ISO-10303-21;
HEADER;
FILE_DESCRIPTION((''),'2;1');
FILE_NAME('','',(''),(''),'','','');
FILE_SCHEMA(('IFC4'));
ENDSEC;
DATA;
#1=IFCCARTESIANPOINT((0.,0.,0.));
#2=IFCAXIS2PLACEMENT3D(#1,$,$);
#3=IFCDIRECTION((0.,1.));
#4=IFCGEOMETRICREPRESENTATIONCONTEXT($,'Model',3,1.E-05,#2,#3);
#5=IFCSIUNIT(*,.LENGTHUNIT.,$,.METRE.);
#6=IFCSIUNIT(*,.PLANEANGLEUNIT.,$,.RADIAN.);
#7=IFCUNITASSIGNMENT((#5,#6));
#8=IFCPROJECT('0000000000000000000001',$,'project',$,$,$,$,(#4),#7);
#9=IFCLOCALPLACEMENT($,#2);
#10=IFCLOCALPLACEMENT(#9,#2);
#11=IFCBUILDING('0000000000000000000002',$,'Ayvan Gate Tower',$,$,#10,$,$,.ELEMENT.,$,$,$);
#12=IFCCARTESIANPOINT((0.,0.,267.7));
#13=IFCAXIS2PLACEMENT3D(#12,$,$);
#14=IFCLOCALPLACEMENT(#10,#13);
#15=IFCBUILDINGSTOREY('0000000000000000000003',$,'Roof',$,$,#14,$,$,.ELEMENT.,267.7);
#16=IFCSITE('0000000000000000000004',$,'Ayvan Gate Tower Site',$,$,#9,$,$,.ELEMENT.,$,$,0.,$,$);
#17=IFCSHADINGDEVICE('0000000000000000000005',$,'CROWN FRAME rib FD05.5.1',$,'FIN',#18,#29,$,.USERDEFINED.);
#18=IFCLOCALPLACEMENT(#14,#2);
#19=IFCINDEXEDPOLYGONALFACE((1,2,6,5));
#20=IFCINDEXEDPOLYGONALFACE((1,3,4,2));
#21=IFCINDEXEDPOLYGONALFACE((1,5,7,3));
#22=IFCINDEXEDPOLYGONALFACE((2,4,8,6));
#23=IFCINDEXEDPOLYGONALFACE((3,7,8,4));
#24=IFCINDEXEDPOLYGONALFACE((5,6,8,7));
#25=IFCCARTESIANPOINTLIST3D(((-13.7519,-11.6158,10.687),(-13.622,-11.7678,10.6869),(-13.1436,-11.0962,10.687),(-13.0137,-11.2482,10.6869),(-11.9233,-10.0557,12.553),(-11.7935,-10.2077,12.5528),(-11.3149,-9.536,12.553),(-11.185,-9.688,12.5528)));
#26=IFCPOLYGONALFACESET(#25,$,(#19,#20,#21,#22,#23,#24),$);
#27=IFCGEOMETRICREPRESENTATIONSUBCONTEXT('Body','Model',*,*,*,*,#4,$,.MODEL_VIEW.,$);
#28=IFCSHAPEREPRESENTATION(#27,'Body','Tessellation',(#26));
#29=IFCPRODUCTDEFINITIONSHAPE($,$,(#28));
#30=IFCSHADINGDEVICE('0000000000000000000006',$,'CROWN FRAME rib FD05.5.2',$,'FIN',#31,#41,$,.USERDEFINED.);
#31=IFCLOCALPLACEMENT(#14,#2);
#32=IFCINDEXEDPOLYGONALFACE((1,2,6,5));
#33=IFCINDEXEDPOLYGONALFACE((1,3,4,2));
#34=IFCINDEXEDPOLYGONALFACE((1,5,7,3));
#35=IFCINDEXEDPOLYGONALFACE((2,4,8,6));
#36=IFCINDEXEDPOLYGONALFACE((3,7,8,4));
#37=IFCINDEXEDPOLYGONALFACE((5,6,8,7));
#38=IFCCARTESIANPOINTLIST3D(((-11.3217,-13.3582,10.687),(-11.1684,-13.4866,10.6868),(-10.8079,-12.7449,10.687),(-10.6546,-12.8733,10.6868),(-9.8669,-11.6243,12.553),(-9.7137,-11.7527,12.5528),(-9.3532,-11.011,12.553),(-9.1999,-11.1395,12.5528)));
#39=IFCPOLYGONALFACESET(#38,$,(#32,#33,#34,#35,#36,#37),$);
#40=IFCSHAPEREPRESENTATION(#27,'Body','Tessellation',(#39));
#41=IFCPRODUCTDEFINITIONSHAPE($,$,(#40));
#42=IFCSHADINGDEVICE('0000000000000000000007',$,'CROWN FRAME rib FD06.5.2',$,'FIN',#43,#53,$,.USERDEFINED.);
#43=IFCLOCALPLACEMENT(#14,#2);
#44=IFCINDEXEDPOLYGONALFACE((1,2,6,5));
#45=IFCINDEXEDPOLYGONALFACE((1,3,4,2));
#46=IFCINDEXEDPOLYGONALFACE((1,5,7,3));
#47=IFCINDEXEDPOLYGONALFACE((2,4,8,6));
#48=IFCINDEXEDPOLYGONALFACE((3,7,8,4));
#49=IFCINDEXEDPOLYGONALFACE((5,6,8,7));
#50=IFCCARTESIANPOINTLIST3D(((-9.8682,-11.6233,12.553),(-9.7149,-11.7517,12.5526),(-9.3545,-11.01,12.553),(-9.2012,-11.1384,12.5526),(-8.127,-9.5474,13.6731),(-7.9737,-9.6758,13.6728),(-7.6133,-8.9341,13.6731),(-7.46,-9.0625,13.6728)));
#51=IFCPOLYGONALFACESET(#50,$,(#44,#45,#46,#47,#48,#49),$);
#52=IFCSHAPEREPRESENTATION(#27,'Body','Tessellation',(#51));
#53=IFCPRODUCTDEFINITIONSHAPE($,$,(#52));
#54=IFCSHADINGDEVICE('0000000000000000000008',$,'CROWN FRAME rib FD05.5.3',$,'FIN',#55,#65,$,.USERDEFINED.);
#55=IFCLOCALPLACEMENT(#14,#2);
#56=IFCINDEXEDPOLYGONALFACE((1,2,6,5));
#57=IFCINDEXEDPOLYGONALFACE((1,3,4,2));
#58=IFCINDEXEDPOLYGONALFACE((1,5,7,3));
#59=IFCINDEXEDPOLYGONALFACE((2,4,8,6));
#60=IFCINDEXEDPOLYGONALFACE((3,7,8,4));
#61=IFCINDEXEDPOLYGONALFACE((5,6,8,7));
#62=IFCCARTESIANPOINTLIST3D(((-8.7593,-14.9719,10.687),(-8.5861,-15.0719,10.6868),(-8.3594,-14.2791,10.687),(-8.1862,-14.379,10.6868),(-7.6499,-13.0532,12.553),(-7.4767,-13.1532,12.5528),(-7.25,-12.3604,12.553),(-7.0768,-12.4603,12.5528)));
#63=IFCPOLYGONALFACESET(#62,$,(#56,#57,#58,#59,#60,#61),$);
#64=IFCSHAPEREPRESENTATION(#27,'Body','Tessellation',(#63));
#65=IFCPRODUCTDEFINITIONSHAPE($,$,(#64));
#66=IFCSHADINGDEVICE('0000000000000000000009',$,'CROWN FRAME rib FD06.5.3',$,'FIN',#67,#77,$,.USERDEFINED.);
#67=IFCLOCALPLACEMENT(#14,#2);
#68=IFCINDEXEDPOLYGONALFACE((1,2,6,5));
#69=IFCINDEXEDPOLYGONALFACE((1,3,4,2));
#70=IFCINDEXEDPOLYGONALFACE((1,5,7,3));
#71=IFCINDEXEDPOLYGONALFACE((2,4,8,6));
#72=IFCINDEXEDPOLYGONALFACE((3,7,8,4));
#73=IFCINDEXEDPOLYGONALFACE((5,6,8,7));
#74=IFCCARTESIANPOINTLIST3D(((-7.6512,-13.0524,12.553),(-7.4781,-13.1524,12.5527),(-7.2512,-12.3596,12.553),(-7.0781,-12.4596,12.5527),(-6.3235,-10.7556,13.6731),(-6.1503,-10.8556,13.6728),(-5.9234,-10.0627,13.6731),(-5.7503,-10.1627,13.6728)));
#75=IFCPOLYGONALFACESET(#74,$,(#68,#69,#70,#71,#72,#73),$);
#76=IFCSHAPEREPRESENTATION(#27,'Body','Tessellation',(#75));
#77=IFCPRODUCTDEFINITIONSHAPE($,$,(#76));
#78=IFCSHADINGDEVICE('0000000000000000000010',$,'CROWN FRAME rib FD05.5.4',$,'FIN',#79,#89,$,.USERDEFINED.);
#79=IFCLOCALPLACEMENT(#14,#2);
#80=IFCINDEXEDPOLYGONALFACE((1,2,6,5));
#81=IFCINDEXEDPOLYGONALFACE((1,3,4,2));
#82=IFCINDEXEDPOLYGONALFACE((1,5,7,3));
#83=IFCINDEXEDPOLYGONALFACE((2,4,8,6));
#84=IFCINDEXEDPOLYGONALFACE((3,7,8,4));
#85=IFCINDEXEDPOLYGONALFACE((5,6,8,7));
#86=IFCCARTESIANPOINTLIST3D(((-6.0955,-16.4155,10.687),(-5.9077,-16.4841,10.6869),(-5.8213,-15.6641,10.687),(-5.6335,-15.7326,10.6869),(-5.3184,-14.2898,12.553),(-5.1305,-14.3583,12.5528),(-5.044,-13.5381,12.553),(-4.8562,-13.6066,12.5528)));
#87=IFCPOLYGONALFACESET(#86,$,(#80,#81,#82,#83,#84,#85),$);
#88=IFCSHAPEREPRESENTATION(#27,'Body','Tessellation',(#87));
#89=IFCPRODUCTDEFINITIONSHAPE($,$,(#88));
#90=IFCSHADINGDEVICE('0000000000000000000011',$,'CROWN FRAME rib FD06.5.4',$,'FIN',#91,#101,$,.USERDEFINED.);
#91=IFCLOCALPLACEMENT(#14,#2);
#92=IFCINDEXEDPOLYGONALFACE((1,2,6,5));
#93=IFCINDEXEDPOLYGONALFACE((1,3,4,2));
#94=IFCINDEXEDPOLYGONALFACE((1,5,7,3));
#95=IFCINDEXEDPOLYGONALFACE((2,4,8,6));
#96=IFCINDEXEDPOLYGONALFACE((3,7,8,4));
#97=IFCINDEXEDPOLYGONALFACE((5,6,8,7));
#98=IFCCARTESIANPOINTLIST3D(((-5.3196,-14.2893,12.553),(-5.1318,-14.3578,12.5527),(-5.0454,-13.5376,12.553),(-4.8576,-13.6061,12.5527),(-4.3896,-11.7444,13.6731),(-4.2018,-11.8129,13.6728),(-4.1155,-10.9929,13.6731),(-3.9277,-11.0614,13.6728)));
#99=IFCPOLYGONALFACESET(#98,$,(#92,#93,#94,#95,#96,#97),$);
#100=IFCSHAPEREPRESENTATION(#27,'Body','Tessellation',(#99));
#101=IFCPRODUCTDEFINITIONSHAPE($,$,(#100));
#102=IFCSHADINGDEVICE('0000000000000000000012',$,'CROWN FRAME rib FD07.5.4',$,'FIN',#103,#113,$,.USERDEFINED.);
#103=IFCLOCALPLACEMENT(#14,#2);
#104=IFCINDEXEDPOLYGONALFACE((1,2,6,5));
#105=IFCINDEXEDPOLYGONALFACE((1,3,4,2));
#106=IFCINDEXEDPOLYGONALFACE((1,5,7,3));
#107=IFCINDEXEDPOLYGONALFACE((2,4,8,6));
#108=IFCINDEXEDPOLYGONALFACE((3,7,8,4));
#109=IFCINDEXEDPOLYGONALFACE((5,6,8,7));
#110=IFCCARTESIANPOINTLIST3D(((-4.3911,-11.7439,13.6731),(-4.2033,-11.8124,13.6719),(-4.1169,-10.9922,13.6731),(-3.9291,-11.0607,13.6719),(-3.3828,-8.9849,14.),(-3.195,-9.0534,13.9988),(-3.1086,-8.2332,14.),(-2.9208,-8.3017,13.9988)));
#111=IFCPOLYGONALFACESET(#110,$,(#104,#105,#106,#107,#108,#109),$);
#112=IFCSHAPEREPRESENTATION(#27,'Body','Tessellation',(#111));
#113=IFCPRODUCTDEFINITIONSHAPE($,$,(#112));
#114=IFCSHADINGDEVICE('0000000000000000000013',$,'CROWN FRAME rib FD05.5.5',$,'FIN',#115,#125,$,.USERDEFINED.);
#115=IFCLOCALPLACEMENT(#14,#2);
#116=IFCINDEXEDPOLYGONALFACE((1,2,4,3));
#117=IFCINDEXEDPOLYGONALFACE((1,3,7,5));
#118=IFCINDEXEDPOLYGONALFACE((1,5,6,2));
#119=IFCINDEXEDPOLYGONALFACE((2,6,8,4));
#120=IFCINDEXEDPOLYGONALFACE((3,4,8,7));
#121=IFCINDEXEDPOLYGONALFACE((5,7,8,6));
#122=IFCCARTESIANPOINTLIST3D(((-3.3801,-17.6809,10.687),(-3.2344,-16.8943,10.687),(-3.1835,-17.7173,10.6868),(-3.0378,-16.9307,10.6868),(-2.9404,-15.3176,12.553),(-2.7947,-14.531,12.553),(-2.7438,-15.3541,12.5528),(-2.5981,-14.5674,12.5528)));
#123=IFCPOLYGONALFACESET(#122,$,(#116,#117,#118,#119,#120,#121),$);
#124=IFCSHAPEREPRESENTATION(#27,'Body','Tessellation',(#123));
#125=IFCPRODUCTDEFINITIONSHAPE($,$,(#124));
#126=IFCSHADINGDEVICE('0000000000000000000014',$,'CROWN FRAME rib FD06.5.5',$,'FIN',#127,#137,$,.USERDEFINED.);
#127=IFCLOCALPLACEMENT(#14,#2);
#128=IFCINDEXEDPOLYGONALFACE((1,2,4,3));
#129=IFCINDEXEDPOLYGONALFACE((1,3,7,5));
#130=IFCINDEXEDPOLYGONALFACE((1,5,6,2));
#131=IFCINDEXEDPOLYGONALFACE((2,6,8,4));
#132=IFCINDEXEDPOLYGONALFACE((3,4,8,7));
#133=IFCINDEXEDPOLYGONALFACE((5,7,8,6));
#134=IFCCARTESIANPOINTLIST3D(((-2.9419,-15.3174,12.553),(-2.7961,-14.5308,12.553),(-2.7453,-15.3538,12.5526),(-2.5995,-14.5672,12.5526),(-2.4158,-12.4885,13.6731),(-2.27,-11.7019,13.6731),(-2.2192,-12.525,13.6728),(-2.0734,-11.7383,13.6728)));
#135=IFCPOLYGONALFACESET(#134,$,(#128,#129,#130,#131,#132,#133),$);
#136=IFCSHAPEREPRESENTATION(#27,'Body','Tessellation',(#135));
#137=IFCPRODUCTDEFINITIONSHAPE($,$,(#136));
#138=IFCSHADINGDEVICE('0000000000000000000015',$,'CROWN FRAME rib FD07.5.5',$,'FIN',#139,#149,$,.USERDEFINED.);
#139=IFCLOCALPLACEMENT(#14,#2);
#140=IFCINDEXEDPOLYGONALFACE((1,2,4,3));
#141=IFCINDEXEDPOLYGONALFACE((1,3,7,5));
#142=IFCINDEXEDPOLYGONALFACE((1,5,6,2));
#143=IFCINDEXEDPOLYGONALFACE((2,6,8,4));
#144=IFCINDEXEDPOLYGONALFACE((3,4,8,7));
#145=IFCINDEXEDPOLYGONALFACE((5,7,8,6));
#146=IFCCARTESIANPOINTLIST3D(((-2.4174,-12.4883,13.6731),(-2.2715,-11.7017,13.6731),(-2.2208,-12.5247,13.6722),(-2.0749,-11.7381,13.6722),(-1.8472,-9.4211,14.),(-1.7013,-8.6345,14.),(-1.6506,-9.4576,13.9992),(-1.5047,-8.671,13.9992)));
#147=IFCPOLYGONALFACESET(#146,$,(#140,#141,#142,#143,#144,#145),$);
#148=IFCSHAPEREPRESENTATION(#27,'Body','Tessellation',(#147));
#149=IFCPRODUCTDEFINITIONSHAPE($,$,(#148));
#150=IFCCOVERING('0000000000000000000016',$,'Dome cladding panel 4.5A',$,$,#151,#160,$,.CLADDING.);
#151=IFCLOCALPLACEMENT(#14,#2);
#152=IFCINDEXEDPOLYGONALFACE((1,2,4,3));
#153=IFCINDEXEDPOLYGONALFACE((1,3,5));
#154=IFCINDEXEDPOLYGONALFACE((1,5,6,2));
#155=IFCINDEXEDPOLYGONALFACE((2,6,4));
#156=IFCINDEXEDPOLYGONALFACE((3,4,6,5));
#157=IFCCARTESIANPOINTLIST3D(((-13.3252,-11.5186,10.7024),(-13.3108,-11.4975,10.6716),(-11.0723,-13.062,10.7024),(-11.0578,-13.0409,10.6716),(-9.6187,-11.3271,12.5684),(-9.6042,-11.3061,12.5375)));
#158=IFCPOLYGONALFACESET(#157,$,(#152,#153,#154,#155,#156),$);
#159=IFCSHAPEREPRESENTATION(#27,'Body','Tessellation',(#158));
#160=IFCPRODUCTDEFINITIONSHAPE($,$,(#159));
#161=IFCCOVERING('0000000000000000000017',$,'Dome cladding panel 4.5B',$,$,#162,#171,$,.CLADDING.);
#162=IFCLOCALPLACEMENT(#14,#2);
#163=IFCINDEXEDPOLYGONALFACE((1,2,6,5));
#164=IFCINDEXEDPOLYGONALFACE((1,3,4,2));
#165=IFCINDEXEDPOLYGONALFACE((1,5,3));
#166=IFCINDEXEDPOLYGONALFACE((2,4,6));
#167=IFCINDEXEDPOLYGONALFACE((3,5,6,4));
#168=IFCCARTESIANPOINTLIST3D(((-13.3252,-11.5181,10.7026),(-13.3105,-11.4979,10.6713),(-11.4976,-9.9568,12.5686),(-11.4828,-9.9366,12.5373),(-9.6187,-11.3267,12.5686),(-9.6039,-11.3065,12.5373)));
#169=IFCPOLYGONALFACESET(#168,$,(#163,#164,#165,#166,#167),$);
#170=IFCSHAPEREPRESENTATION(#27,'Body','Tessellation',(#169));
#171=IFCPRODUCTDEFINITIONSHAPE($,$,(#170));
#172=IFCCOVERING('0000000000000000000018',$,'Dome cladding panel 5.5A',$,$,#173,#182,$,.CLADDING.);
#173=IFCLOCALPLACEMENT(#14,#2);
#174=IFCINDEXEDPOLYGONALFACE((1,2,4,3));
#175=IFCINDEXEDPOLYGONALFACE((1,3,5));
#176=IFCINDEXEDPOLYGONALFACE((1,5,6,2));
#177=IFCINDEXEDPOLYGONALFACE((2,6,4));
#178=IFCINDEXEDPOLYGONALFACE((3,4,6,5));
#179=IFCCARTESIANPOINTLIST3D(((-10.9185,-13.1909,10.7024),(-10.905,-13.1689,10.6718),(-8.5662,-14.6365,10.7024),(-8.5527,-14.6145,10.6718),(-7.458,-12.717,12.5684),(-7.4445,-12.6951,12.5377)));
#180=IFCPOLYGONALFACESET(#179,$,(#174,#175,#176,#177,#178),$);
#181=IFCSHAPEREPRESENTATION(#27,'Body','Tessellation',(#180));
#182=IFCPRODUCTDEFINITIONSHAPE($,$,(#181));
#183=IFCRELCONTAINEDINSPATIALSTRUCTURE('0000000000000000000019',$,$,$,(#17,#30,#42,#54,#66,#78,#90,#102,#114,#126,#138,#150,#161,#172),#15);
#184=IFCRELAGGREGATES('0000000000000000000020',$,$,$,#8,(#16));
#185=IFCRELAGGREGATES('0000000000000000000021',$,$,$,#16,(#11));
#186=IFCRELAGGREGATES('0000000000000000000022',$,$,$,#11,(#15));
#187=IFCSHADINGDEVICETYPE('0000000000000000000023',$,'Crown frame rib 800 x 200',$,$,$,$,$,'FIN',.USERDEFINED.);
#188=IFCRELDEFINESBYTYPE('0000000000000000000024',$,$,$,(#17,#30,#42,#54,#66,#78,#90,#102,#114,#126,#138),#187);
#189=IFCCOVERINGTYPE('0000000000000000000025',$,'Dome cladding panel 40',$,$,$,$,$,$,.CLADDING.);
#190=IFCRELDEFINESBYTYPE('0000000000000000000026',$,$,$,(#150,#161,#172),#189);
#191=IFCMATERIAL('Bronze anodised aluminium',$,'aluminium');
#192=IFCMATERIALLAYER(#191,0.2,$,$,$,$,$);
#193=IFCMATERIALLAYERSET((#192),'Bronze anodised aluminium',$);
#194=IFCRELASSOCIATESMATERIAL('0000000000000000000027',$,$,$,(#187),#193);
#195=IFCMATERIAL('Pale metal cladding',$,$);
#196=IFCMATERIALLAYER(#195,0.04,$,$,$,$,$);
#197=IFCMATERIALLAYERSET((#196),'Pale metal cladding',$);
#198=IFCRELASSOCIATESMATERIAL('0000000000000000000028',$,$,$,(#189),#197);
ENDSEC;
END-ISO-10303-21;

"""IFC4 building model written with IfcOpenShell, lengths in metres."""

from ifc_helpers import new_model, si_unit, direction, frame, origin, place, context, subcontext, project, spatial, polyline, outline, extrude, material, layer, layer_set, type_object, element, save


model = new_model("IFC4")

# Units and contexts
model_context = context("Model", 3, precision=1e-05, world=origin(), true_north=direction((0.0, 1.0)))
body_context = subcontext(model_context, "Body", "Model", "MODEL_VIEW")
ifc_project = project(units=[si_unit("LENGTHUNIT", "METRE"), si_unit("PLANEANGLEUNIT", "RADIAN")], contexts=[model_context])

# Site, building, storey
site_placement = place(None, origin())
site = spatial("IfcSite", under=ifc_project, at=site_placement, Name="Ayvan Gate Tower Site", CompositionType="ELEMENT", RefElevation=0.0)
building_placement = place(site_placement, origin())
building = spatial("IfcBuilding", under=site, at=building_placement, Name="Ayvan Gate Tower", CompositionType="ELEMENT")
storey_placement = place(building_placement, frame((0.0, 0.0, 267.7)))
storey = spatial("IfcBuildingStorey", under=building, at=storey_placement, Name="Roof", CompositionType="ELEMENT", Elevation=267.7)

# Shading devices
ifc_material_1 = material(Name="Bronze anodised aluminium", Category="aluminium")
ifc_layer_1 = layer(ifc_material_1, 0.2)
ifc_layer_set_1 = layer_set([ifc_layer_1], Name="Bronze anodised aluminium")
shading_device_type = type_object("IfcShadingDeviceType", Name="Crown frame rib 800 x 200", ElementType="FIN", PredefinedType="USERDEFINED", material=ifc_layer_set_1)
shading_device_1_placement = place(storey_placement, frame((-13.1436, -11.0962, 10.687), z_axis=(-0.649471, 0.760386, 0.000692), x_axis=(-0.760386, -0.649471, 0.0)))
element("IfcShadingDevice", 1, at=shading_device_1_placement, inside=storey, type_object=shading_device_type, Name="CROWN FRAME rib FD05.5.1", ObjectType="FIN", PredefinedType="USERDEFINED", context=body_context, shape_type="SweptSolid", body=[
    extrude(outline(polyline([(0.0, 0.0), (0.8, 0.0), (-1.6036, 1.866), (-2.4038, 1.866), (0.0, 0.0)])), origin(), (0.0, 0.0, -1.0), 0.2),
])
shading_device_2_placement = place(storey_placement, frame((-10.8079, -12.7449, 10.687), z_axis=(-0.766543, 0.642193, 0.000862), x_axis=(-0.642193, -0.766543, 0.0)))
element("IfcShadingDevice", 2, at=shading_device_2_placement, inside=storey, type_object=shading_device_type, Name="CROWN FRAME rib FD05.5.2", ObjectType="FIN", PredefinedType="USERDEFINED", context=body_context, shape_type="SweptSolid", body=[
    extrude(outline(polyline([(0.0, 0.0), (0.8001, 0.0), (-1.4632, 1.866), (-2.2632, 1.866), (0.0, 0.0)])), origin(), (0.0, 0.0, -1.0), 0.2),
])
shading_device_3_placement = place(storey_placement, frame((-9.3545, -11.01, 12.553), z_axis=(-0.766617, 0.642103, 0.001681), x_axis=(-0.642104, -0.766618, 0.0)))
element("IfcShadingDevice", 3, at=shading_device_3_placement, inside=storey, type_object=shading_device_type, Name="CROWN FRAME rib FD06.5.2", ObjectType="FIN", PredefinedType="USERDEFINED", context=body_context, shape_type="SweptSolid", body=[
    extrude(outline(polyline([(0.0, 0.0), (0.8, 0.0), (-1.9095, 1.1201), (-2.7095, 1.1201), (0.0, 0.0)])), origin(), (0.0, 0.0, -1.0), 0.2),
])
shading_device_4_placement = place(storey_placement, frame((-8.3594, -14.2791, 10.687), z_axis=(-0.866094, 0.499881, 0.000912), x_axis=(-0.499881, -0.866094, 0.0)))
element("IfcShadingDevice", 4, at=shading_device_4_placement, inside=storey, type_object=shading_device_type, Name="CROWN FRAME rib FD05.5.3", ObjectType="FIN", PredefinedType="USERDEFINED", context=body_context, shape_type="SweptSolid", body=[
    extrude(outline(polyline([(0.0, 0.0), (0.8, 0.0), (-1.4163, 1.866), (-2.2163, 1.866), (0.0, 0.0)])), origin(), (0.0, 0.0, -1.0), 0.2),
])
shading_device_5_placement = place(storey_placement, frame((-7.2512, -12.3596, 12.553), z_axis=(-0.866027, 0.499995, 0.001294), x_axis=(-0.499995, -0.866028, 0.0)))
element("IfcShadingDevice", 5, at=shading_device_5_placement, inside=storey, type_object=shading_device_type, Name="CROWN FRAME rib FD06.5.3", ObjectType="FIN", PredefinedType="USERDEFINED", context=body_context, shape_type="SweptSolid", body=[
    extrude(outline(polyline([(0.0, 0.0), (0.8, 0.0), (-1.853, 1.1201), (-2.6531, 1.1201), (0.0, 0.0)])), origin(), (0.0, 0.0, -1.0), 0.2),
])
shading_device_6_placement = place(storey_placement, frame((-5.8213, -15.6641, 10.687), z_axis=(-0.939396, 0.342833, 0.0007), x_axis=(-0.342833, -0.939396, 0.0)))
element("IfcShadingDevice", 6, at=shading_device_6_placement, inside=storey, type_object=shading_device_type, Name="CROWN FRAME rib FD05.5.4", ObjectType="FIN", PredefinedType="USERDEFINED", context=body_context, shape_type="SweptSolid", body=[
    extrude(outline(polyline([(0.0, 0.0), (0.7999, 0.0), (-1.4634, 1.866), (-2.2636, 1.866), (0.0, 0.0)])), origin(), (0.0, 0.0, -1.0), 0.2),
])
shading_device_7_placement = place(storey_placement, frame((-5.0454, -13.5376, 12.553), z_axis=(-0.939445, 0.342698, 0.001358), x_axis=(-0.342698, -0.939445, 0.0)))
element("IfcShadingDevice", 7, at=shading_device_7_placement, inside=storey, type_object=shading_device_type, Name="CROWN FRAME rib FD06.5.4", ObjectType="FIN", PredefinedType="USERDEFINED", context=body_context, shape_type="SweptSolid", body=[
    extrude(outline(polyline([(0.0, 0.0), (0.8001, 0.0), (-1.9094, 1.1201), (-2.7093, 1.1201), (0.0, 0.0)])), origin(), (0.0, 0.0, -1.0), 0.2),
])
shading_device_8_placement = place(storey_placement, frame((-4.1169, -10.9922, 13.6731), z_axis=(-0.939448, 0.342644, 0.005753), x_axis=(-0.342649, -0.939463, 0.0)))
element("IfcShadingDevice", 8, at=shading_device_8_placement, inside=storey, type_object=shading_device_type, Name="CROWN FRAME rib FD07.5.4", ObjectType="FIN", PredefinedType="USERDEFINED", context=body_context, shape_type="SweptSolid", body=[
    extrude(outline(polyline([(0.0, 0.0), (0.8001, 0.0), (-2.1374, 0.3269), (-2.9375, 0.3269), (0.0, 0.0)])), origin(), (0.0, 0.0, -1.0), 0.2),
])
shading_device_9_placement = place(storey_placement, frame((-3.2344, -16.8943, 10.687), z_axis=(-0.983263, 0.182188, 0.000953), x_axis=(-0.182188, -0.983264, 0.0)))
element("IfcShadingDevice", 9, at=shading_device_9_placement, inside=storey, type_object=shading_device_type, Name="CROWN FRAME rib FD05.5.5", ObjectType="FIN", PredefinedType="USERDEFINED", context=body_context, shape_type="SweptSolid", body=[
    extrude(outline(polyline([(0.0, 0.0), (0.8, 0.0), (-1.6038, 1.866), (-2.4038, 1.866), (0.0, 0.0)])), origin(), (0.0, 0.0, -1.0), 0.2),
])
shading_device_10_placement = place(storey_placement, frame((-2.7961, -14.5308, 12.553), z_axis=(-0.983262, 0.182187, 0.001727), x_axis=(-0.182188, -0.983264, 0.0)))
element("IfcShadingDevice", 10, at=shading_device_10_placement, inside=storey, type_object=shading_device_type, Name="CROWN FRAME rib FD06.5.5", ObjectType="FIN", PredefinedType="USERDEFINED", context=body_context, shape_type="SweptSolid", body=[
    extrude(outline(polyline([(0.0, 0.0), (0.8, 0.0), (-2.0774, 1.1201), (-2.8774, 1.1201), (0.0, 0.0)])), origin(), (0.0, 0.0, -1.0), 0.2),
])
shading_device_11_placement = place(storey_placement, frame((-2.2715, -11.7017, 13.6731), z_axis=(-0.983228, 0.182333, 0.004236), x_axis=(-0.182335, -0.983236, 0.000001)))
element("IfcShadingDevice", 11, at=shading_device_11_placement, inside=storey, type_object=shading_device_type, Name="CROWN FRAME rib FD07.5.5", ObjectType="FIN", PredefinedType="USERDEFINED", context=body_context, shape_type="SweptSolid", body=[
    extrude(outline(polyline([(0.0, 0.0), (0.8, 0.0), (-2.3197, 0.3269), (-3.1197, 0.3269), (0.0, 0.0)])), origin(), (0.0, 0.0, -1.0), 0.2),
])

# Coverings
ifc_material_2 = material(Name="Pale metal cladding")
ifc_layer_2 = layer(ifc_material_2, 0.04)
ifc_layer_set_2 = layer_set([ifc_layer_2], Name="Pale metal cladding")
covering_type = type_object("IfcCoveringType", Name="Dome cladding panel 40", PredefinedType="CLADDING", material=ifc_layer_set_2)
covering_1_placement = place(storey_placement, frame((-13.3252, -11.5186, 10.7024), z_axis=(-0.360524, -0.526244, 0.770123), x_axis=(0.824969, -0.565177, 0.0)))
element("IfcCovering", 12, at=covering_1_placement, inside=storey, type_object=covering_type, Name="Dome cladding panel 4.5A", PredefinedType="CLADDING", context=body_context, shape_type="SweptSolid", body=[
    extrude(outline(polyline([(0.0, 0.0), (2.7309, 0.0), (2.9496, 2.9252), (0.0, 0.0)])), origin(), (0.0, 0.0, -1.0), 0.04),
])
covering_2_placement = place(storey_placement, frame((-13.3252, -11.5181, 10.7026), z_axis=(-0.367464, -0.504011, 0.781628), x_axis=(0.892251, 0.046076, 0.449182)))
element("IfcCovering", 13, at=covering_2_placement, inside=storey, type_object=covering_type, Name="Dome cladding panel 4.5B", PredefinedType="CLADDING", context=body_context, shape_type="SweptSolid", body=[
    extrude(outline(polyline([(0.0, 0.0), (4.1541, 0.0), (2.5408, 1.6745), (0.0, 0.0)])), origin(), (0.0, 0.0, -1.0), 0.04),
])
covering_3_placement = place(storey_placement, frame((-10.9185, -13.1909, 10.7024), z_axis=(-0.337278, -0.548838, 0.764866), x_axis=(0.851983, -0.523569, 0.0)))
element("IfcCovering", 14, at=covering_3_placement, inside=storey, type_object=covering_type, Name="Dome cladding panel 5.5A", PredefinedType="CLADDING", context=body_context, shape_type="SweptSolid", body=[
    extrude(outline(polyline([(0.0, 0.0), (2.761, 0.0), (2.7001, 2.8966), (0.0, 0.0)])), origin(), (0.0, 0.0, -1.0), 0.04),
])

save(model, "model.ifc")
